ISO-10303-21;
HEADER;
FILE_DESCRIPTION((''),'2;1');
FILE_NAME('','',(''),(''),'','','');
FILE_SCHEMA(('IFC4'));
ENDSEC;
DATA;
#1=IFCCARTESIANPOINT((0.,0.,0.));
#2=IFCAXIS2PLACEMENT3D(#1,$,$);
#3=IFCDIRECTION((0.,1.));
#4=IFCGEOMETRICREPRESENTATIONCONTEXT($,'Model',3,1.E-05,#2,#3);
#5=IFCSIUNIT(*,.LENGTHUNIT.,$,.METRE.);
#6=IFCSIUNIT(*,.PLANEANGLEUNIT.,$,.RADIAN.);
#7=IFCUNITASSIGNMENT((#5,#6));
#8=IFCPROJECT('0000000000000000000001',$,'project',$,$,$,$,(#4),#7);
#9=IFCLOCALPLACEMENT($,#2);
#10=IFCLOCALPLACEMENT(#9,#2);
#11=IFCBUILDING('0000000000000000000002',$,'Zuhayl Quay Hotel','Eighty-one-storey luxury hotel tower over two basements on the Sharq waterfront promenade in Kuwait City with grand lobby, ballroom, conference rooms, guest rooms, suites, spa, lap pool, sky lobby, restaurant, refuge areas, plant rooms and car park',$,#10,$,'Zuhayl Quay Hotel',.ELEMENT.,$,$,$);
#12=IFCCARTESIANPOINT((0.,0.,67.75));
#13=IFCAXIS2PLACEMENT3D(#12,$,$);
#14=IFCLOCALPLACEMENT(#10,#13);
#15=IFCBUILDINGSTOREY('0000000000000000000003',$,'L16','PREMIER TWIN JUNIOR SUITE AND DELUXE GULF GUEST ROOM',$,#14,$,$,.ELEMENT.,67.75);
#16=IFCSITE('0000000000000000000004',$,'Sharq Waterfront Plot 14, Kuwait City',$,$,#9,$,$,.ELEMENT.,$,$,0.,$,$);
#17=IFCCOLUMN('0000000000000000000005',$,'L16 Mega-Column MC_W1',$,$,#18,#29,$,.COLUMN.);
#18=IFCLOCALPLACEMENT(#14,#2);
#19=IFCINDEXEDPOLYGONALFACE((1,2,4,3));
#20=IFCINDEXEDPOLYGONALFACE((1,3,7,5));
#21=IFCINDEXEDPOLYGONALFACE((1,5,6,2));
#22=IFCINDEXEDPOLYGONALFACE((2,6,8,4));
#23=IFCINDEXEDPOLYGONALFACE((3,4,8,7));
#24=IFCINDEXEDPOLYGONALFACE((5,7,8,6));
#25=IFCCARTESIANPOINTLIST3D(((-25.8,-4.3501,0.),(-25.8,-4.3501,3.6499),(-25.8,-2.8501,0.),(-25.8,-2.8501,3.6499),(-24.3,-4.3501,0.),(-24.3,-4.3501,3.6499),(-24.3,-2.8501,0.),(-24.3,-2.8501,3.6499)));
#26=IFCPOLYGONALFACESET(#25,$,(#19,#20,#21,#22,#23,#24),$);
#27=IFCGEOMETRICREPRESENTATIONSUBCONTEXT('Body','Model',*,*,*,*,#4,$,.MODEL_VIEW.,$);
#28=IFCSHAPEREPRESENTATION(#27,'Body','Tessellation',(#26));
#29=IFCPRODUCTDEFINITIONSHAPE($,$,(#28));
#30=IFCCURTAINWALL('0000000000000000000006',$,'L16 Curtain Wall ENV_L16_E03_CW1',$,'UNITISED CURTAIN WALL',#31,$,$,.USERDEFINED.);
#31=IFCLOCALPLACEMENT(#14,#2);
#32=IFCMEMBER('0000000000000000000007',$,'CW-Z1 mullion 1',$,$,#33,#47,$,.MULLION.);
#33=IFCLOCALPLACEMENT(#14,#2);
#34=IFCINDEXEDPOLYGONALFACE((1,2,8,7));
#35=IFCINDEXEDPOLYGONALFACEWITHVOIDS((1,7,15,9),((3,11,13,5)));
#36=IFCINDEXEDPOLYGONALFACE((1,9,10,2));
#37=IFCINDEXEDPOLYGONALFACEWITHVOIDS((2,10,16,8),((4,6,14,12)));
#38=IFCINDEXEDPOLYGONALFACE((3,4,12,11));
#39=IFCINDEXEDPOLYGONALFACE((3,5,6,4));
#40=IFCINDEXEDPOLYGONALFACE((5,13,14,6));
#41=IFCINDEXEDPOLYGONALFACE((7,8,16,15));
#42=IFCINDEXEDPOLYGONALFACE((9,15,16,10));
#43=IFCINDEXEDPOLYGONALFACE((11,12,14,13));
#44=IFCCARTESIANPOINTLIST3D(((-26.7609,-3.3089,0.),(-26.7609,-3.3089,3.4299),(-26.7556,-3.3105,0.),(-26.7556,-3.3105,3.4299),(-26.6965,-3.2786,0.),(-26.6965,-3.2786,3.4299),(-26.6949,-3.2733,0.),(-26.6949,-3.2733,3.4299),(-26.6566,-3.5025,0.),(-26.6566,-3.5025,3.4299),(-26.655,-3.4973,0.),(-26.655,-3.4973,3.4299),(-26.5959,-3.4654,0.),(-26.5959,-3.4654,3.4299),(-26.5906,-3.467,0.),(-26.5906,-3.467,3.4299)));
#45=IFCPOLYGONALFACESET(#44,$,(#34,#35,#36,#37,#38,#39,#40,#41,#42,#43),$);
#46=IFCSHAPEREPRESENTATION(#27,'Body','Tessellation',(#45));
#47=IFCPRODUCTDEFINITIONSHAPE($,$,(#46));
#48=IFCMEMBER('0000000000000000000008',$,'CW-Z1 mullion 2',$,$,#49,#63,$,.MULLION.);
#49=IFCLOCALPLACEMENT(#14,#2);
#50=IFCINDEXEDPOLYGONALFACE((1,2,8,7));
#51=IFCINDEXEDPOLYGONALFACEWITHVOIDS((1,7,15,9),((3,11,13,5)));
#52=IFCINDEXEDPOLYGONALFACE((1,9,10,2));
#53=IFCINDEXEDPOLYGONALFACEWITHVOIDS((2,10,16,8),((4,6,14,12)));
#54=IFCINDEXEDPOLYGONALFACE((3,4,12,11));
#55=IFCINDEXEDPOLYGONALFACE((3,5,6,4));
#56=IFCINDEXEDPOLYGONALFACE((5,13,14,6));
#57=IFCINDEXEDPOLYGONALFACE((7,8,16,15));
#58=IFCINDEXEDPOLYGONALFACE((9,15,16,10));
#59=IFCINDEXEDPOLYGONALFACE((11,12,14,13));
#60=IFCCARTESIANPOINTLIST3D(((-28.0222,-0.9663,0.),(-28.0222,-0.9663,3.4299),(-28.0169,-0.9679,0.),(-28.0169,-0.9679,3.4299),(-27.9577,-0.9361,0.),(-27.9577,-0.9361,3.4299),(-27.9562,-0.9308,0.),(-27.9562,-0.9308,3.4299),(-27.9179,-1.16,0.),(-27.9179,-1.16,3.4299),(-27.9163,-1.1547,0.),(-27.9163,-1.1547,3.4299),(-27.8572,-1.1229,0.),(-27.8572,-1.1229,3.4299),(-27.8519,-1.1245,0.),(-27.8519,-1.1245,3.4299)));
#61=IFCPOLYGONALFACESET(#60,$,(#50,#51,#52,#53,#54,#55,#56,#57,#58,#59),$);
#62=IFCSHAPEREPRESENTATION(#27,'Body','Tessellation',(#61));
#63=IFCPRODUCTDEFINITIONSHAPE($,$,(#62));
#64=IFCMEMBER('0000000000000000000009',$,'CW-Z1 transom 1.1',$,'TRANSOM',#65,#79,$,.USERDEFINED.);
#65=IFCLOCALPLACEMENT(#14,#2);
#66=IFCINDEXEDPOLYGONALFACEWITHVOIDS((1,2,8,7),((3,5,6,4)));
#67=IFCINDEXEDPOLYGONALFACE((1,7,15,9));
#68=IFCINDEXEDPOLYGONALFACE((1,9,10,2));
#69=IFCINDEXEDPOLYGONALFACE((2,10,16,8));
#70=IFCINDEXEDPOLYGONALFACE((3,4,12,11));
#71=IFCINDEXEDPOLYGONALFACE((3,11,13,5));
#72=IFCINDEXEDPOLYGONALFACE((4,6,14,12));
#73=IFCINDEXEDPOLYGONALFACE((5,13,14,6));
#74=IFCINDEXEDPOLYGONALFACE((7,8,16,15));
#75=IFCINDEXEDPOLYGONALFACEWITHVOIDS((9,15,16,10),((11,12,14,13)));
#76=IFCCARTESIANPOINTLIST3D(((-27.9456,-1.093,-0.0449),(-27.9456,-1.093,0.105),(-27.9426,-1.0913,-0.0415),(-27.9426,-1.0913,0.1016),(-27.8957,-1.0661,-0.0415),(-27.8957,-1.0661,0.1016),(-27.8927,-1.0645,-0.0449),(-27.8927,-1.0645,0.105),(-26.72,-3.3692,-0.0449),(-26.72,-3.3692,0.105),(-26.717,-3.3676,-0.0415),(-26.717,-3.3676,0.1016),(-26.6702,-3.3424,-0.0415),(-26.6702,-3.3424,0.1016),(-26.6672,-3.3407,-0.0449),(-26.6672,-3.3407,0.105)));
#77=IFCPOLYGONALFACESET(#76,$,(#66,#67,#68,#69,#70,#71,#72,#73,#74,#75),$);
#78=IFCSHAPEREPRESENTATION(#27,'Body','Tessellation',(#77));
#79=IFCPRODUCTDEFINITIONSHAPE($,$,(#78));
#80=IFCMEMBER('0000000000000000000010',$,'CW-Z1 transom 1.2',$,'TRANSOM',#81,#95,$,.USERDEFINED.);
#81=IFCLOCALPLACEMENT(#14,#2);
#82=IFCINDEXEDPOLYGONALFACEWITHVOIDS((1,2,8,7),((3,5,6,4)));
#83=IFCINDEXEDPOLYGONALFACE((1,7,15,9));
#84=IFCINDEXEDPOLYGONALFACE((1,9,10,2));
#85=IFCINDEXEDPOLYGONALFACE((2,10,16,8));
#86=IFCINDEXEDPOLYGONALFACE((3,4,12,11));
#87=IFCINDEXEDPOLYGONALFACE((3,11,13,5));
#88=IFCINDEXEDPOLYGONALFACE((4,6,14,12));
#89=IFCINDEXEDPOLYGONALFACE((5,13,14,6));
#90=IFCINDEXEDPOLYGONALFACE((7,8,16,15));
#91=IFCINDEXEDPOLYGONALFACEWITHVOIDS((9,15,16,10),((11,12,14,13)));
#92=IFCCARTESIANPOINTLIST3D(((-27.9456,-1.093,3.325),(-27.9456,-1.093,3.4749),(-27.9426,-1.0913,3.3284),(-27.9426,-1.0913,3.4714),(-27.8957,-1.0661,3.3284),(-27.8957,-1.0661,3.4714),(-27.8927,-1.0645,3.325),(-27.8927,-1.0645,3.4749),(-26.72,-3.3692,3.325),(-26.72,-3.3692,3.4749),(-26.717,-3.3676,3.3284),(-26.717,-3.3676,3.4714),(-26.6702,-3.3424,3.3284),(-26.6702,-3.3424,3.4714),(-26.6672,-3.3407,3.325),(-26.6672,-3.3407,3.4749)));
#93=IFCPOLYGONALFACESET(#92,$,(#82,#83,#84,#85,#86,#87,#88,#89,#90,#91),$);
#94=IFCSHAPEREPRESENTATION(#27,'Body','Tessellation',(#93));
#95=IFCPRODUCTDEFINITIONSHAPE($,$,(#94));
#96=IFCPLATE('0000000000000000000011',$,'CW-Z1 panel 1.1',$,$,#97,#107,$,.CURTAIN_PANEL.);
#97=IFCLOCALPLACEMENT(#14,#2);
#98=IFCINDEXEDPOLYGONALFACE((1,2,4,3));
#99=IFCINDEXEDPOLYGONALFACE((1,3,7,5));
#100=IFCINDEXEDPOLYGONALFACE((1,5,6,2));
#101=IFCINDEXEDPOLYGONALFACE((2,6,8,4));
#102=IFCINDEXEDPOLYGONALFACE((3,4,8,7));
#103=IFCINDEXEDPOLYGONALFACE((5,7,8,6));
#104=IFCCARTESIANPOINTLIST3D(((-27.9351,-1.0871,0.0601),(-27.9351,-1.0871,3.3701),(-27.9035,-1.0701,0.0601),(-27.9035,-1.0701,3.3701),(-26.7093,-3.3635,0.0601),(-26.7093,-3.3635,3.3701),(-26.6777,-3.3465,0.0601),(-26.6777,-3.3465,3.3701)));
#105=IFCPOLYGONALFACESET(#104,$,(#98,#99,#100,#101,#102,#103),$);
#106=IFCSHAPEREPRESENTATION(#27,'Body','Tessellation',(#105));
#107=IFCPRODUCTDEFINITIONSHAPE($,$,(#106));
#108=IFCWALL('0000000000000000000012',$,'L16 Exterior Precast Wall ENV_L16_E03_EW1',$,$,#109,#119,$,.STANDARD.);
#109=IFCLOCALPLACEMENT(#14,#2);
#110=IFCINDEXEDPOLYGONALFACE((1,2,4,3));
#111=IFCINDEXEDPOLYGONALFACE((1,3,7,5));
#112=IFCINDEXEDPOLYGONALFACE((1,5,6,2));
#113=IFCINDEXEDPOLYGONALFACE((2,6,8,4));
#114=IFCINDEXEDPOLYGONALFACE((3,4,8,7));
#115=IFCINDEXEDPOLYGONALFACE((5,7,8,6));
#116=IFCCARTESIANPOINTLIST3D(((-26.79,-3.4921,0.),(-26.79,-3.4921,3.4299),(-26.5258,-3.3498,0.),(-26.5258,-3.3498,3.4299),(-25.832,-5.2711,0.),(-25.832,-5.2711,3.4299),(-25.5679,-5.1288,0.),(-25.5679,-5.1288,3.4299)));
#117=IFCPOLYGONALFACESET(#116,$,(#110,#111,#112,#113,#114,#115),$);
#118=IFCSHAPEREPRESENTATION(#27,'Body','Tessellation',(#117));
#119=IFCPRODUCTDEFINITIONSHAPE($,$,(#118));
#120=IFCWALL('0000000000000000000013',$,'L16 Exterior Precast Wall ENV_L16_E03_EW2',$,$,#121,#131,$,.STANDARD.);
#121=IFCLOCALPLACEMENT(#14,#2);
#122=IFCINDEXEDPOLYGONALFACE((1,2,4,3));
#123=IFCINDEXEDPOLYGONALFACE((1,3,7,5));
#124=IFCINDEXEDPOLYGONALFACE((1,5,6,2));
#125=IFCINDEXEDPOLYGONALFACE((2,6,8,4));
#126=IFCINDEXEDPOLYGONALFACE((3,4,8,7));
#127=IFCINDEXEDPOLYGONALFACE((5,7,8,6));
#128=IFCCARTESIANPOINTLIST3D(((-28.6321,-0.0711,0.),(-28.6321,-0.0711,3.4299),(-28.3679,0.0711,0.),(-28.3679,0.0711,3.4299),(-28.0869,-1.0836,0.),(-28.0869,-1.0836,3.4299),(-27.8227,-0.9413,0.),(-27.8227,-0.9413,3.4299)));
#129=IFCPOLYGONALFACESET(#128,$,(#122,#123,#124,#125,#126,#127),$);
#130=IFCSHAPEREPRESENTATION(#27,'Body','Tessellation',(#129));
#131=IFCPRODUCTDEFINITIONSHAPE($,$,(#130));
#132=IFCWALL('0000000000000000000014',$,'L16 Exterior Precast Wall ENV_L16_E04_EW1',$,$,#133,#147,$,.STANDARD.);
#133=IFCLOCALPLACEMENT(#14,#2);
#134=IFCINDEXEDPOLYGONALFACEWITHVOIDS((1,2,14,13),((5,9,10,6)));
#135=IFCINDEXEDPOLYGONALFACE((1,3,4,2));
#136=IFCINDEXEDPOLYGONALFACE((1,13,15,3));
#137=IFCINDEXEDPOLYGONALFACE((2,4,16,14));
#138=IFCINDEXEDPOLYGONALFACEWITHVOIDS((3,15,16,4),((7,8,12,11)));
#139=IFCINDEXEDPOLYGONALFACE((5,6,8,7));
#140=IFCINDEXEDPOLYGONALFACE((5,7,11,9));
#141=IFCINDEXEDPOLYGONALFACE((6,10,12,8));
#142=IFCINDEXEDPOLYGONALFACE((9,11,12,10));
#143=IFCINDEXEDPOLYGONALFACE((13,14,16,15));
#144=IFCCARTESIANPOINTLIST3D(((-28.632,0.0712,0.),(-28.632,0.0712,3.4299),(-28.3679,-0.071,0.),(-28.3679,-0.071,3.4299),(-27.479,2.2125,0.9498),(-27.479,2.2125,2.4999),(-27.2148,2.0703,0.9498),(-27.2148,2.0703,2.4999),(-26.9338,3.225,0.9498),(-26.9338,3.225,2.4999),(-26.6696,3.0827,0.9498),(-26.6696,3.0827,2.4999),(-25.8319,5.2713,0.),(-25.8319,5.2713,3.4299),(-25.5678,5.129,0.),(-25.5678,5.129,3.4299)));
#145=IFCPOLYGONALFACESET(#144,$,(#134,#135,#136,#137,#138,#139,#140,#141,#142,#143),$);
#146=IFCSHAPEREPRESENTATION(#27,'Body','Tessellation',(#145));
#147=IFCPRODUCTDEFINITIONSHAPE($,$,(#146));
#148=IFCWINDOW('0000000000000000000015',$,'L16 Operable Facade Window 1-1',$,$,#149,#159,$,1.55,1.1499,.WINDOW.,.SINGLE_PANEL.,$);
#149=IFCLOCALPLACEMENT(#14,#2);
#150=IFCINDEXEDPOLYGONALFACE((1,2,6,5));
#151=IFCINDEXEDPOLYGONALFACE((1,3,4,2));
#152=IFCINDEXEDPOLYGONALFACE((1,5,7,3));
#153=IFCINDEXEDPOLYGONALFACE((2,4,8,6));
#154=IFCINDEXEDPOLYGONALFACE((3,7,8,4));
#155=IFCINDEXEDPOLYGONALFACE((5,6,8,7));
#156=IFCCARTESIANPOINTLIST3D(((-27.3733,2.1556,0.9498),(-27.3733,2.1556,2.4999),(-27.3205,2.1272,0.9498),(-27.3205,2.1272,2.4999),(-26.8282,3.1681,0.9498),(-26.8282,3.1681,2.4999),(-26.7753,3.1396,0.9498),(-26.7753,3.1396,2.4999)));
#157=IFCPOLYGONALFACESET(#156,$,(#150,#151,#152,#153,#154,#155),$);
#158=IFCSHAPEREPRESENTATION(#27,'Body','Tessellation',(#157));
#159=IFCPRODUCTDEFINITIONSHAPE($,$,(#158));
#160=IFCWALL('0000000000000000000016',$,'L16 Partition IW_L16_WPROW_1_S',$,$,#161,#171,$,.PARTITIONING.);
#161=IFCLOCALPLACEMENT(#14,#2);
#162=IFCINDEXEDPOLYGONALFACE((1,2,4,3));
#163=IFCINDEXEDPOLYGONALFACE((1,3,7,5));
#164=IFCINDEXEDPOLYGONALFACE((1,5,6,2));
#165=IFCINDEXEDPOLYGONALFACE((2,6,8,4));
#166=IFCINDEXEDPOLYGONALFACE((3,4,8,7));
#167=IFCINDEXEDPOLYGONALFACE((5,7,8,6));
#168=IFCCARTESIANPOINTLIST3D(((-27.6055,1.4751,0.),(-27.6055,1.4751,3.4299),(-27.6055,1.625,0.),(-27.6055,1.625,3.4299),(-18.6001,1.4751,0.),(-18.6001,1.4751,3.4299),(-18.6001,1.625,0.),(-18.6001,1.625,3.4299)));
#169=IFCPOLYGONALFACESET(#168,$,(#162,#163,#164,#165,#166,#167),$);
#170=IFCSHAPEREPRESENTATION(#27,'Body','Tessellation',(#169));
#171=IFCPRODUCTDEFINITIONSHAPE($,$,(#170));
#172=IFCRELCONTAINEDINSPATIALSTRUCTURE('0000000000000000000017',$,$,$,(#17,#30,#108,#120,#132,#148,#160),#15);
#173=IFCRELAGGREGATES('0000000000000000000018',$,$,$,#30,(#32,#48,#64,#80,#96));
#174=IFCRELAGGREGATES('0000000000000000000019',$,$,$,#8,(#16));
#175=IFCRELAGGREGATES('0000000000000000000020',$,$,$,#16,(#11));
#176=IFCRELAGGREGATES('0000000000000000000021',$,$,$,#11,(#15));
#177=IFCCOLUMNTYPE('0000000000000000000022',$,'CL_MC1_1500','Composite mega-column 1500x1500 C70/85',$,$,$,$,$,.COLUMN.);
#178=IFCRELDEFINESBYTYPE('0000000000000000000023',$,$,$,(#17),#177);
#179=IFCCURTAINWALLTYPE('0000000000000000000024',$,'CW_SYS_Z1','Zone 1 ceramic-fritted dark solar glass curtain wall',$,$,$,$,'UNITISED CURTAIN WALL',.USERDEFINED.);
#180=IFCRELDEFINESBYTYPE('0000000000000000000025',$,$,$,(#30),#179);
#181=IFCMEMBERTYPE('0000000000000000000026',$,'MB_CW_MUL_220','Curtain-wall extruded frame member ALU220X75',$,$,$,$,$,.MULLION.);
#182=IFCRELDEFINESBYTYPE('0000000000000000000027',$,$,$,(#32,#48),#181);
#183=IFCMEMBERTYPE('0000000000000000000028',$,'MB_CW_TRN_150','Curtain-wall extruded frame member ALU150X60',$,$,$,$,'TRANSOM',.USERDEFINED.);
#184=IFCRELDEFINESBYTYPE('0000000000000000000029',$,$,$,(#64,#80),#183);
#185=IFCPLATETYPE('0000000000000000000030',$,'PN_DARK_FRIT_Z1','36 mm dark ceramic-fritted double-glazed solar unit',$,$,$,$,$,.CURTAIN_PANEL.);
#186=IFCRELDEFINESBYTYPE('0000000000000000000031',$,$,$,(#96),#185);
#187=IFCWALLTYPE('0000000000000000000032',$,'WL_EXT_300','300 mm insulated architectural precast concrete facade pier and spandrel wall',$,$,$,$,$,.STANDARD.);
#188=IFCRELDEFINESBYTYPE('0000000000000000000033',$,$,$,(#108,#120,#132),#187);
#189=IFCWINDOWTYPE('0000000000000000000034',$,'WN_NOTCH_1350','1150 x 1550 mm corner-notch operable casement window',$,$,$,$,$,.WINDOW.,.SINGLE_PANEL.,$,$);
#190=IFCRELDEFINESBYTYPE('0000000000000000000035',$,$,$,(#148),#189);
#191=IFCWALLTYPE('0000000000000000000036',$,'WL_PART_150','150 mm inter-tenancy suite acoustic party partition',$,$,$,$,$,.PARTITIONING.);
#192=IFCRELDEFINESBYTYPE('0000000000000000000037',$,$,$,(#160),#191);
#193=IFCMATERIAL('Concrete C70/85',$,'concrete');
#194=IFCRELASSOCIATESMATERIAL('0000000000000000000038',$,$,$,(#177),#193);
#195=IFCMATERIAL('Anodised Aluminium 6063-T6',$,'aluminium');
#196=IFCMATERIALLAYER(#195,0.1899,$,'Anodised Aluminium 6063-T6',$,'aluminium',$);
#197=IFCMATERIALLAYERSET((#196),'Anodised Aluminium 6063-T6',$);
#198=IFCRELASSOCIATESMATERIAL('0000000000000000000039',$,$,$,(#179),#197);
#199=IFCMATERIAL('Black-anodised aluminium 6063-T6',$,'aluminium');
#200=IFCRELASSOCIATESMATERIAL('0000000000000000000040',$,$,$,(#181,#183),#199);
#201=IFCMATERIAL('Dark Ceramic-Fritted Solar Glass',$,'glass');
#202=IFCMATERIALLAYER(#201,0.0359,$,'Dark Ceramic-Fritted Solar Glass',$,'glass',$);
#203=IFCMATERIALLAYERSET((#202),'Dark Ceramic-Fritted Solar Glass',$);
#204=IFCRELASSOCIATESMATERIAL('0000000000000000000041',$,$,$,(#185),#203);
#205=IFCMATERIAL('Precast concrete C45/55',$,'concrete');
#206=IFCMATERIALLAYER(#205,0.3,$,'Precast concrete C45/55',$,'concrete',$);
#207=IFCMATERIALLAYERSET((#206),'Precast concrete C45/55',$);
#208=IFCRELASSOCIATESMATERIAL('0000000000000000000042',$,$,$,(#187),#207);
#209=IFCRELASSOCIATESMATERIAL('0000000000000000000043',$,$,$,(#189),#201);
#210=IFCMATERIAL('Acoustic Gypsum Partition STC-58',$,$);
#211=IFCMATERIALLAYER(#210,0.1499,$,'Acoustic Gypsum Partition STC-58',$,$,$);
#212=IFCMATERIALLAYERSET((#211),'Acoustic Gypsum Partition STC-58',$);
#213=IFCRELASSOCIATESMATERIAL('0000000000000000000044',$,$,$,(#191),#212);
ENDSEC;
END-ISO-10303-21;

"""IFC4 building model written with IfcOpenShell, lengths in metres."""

from ifc_helpers import new_model, si_unit, direction, frame, frame_2d, origin, origin_2d, place, context, subcontext, project, spatial, rectangle, hollow_rectangle, extrude, material, layer, layer_set, material_profile, profile_set, type_object, element, fill, aggregate, save


model = new_model("IFC4")

# Units and contexts
model_context = context("Model", 3, precision=1e-05, world=origin(), true_north=direction((0.0, 1.0)))
body_context = subcontext(model_context, "Body", "Model", "MODEL_VIEW")
ifc_project = project(units=[si_unit("LENGTHUNIT", "METRE"), si_unit("PLANEANGLEUNIT", "RADIAN")], contexts=[model_context])

# Site, building, storey
site_placement = place(None, origin())
site = spatial("IfcSite", under=ifc_project, at=site_placement, Name="Sharq Waterfront Plot 14, Kuwait City", CompositionType="ELEMENT", RefElevation=0.0)
building_placement = place(site_placement, origin())
building = spatial("IfcBuilding", under=site, at=building_placement, Name="Zuhayl Quay Hotel", Description="Eighty-one-storey luxury hotel tower over two basements on the Sharq waterfront promenade in Kuwait City with grand lobby, ballroom, conference rooms, guest rooms, suites, spa, lap pool, sky lobby, restaurant, refuge areas, plant rooms and car park", LongName="Zuhayl Quay Hotel", CompositionType="ELEMENT")
storey_placement = place(building_placement, frame((0.0, 0.0, 67.75)))
storey = spatial("IfcBuildingStorey", under=building, at=storey_placement, Name="L16", Description="PREMIER TWIN JUNIOR SUITE AND DELUXE GULF GUEST ROOM", CompositionType="ELEMENT", Elevation=67.75)

# Column
ifc_material_1 = material(Name="Concrete C70/85", Category="concrete")
ifc_material_profile_1 = material_profile(ifc_material_1, rectangle(XDim=1.5, YDim=1.5, at=origin_2d()), Name="RC1500X1500")
ifc_profile_set_1 = profile_set([ifc_material_profile_1], Name="Concrete C70/85")
column_type = type_object("IfcColumnType", Name="CL_MC1_1500", Description="Composite mega-column 1500x1500 C70/85", PredefinedType="COLUMN", material=ifc_profile_set_1)
column_placement = place(storey_placement, frame((-25.05, -3.6001, 0.0), z_axis=(0.0, 0.0, 1.0), x_axis=(1.0, 0.0, 0.0)))
element("IfcColumn", 1, at=column_placement, inside=storey, type_object=column_type, Name="L16 Mega-Column MC_W1", PredefinedType="COLUMN", context=body_context, shape_type="SweptSolid", body=[
    extrude(rectangle(XDim=1.5, YDim=1.5, at=origin_2d()), origin(), (0.0, 0.0, 1.0), 3.6499),
])

# Curtain wall, members, plate
ifc_material_2 = material(Name="Anodised Aluminium 6063-T6", Category="aluminium")
ifc_layer_1 = layer(ifc_material_2, 0.1899, Name="Anodised Aluminium 6063-T6", Category="aluminium")
ifc_layer_set_1 = layer_set([ifc_layer_1], Name="Anodised Aluminium 6063-T6")
curtain_wall_type = type_object("IfcCurtainWallType", Name="CW_SYS_Z1", Description="Zone 1 ceramic-fritted dark solar glass curtain wall", ElementType="UNITISED CURTAIN WALL", PredefinedType="USERDEFINED", material=ifc_layer_set_1)
curtain_wall_placement = place(storey_placement, origin())
curtain_wall = element("IfcCurtainWall", 2, at=curtain_wall_placement, inside=storey, type_object=curtain_wall_type, Name="L16 Curtain Wall ENV_L16_E03_CW1", ObjectType="UNITISED CURTAIN WALL", PredefinedType="USERDEFINED")
ifc_material_3 = material(Name="Black-anodised aluminium 6063-T6", Category="aluminium")
ifc_material_profile_2 = material_profile(ifc_material_3, hollow_rectangle(XDim=0.075, YDim=0.22, WallThickness=0.0039, at=origin_2d()), Name="ALU220X75")
ifc_profile_set_2 = profile_set([ifc_material_profile_2], Name="Black-anodised aluminium 6063-T6")
member_type_1 = type_object("IfcMemberType", Name="MB_CW_MUL_220", Description="Curtain-wall extruded frame member ALU220X75", PredefinedType="MULLION", material=ifc_profile_set_2)
member_1_placement = place(storey_placement, frame((-26.6758, -3.3879, 0.0), z_axis=(0.0, 0.0, 1.0), x_axis=(-0.880476, -0.474091, 0.0)))
member_1 = element("IfcMember", 3, at=member_1_placement, type_object=member_type_1, Name="CW-Z1 mullion 1", PredefinedType="MULLION", context=body_context, shape_type="SweptSolid", body=[
    extrude(hollow_rectangle(XDim=0.075, YDim=0.22, WallThickness=0.0039, at=origin_2d()), origin(), (0.0, 0.0, 1.0), 3.4299),
])
member_2_placement = place(storey_placement, frame((-27.937, -1.0454, 0.0), z_axis=(0.0, 0.0, 1.0), x_axis=(-0.880476, -0.474091, 0.0)))
member_2 = element("IfcMember", 4, at=member_2_placement, type_object=member_type_1, Name="CW-Z1 mullion 2", PredefinedType="MULLION", context=body_context, shape_type="SweptSolid", body=[
    extrude(hollow_rectangle(XDim=0.075, YDim=0.22, WallThickness=0.0039, at=origin_2d()), origin(), (0.0, 0.0, 1.0), 3.4299),
])
ifc_material_profile_3 = material_profile(ifc_material_3, hollow_rectangle(XDim=0.0601, YDim=0.1499, WallThickness=0.0034, at=origin_2d()), Name="ALU150X60")
ifc_profile_set_3 = profile_set([ifc_material_profile_3], Name="Black-anodised aluminium 6063-T6")
member_type_2 = type_object("IfcMemberType", Name="MB_CW_TRN_150", Description="Curtain-wall extruded frame member ALU150X60", ElementType="TRANSOM", PredefinedType="USERDEFINED", material=ifc_profile_set_3)
member_3_placement = place(storey_placement, frame((-26.6936, -3.355, 0.03), z_axis=(-0.474055, 0.880495, 0.0), x_axis=(-0.880495, -0.474055, 0.0)))
member_3 = element("IfcMember", 5, at=member_3_placement, type_object=member_type_2, Name="CW-Z1 transom 1.1", ObjectType="TRANSOM", PredefinedType="USERDEFINED", context=body_context, shape_type="SweptSolid", body=[
    extrude(hollow_rectangle(XDim=0.0601, YDim=0.1499, WallThickness=0.0034, at=origin_2d()), origin(), (0.0, 0.0, 1.0), 2.5852),
])
member_4_placement = place(storey_placement, frame((-26.6936, -3.355, 3.3999), z_axis=(-0.474055, 0.880495, 0.0), x_axis=(-0.880495, -0.474055, 0.0)))
member_4 = element("IfcMember", 6, at=member_4_placement, type_object=member_type_2, Name="CW-Z1 transom 1.2", ObjectType="TRANSOM", PredefinedType="USERDEFINED", context=body_context, shape_type="SweptSolid", body=[
    extrude(hollow_rectangle(XDim=0.0601, YDim=0.1499, WallThickness=0.0034, at=origin_2d()), origin(), (0.0, 0.0, 1.0), 2.5852),
])
ifc_material_4 = material(Name="Dark Ceramic-Fritted Solar Glass", Category="glass")
ifc_layer_2 = layer(ifc_material_4, 0.0359, Name="Dark Ceramic-Fritted Solar Glass", Category="glass")
ifc_layer_set_2 = layer_set([ifc_layer_2], Name="Dark Ceramic-Fritted Solar Glass")
plate_type = type_object("IfcPlateType", Name="PN_DARK_FRIT_Z1", Description="36 mm dark ceramic-fritted double-glazed solar unit", PredefinedType="CURTAIN_PANEL", material=ifc_layer_set_2)
plate_placement = place(storey_placement, frame((-27.3064, -2.2168, 0.0601), z_axis=(0.0, 0.0, 1.0), x_axis=(-0.474091, 0.880476, 0.0)))
plate = element("IfcPlate", 7, at=plate_placement, type_object=plate_type, Name="CW-Z1 panel 1.1", PredefinedType="CURTAIN_PANEL", context=body_context, shape_type="SweptSolid", body=[
    extrude(rectangle(XDim=2.5854, YDim=0.0359, at=origin_2d()), origin(), (0.0, 0.0, 1.0), 3.3101),
])
aggregate(curtain_wall, [member_1, member_2, member_3, member_4, plate])

# Walls
ifc_material_5 = material(Name="Precast concrete C45/55", Category="concrete")
ifc_layer_3 = layer(ifc_material_5, 0.3, Name="Precast concrete C45/55", Category="concrete")
ifc_layer_set_3 = layer_set([ifc_layer_3], Name="Precast concrete C45/55")
wall_type_1 = type_object("IfcWallType", Name="WL_EXT_300", Description="300 mm insulated architectural precast concrete facade pier and spandrel wall", PredefinedType="STANDARD", material=ifc_layer_set_3)
wall_1_placement = place(storey_placement, frame((-25.7, -5.2, 0.0), z_axis=(0.0, 0.0, 1.0), x_axis=(-0.474121, 0.880459, 0.0)))
element("IfcWall", 8, at=wall_1_placement, inside=storey, type_object=wall_type_1, Name="L16 Exterior Precast Wall ENV_L16_E03_EW1", PredefinedType="STANDARD", context=body_context, shape_type="SweptSolid", body=[
    extrude(rectangle(XDim=2.0205, YDim=0.3, at=frame_2d((1.0103, 0.0))), origin(), (0.0, 0.0, 1.0), 3.4299),
])
wall_2_placement = place(storey_placement, frame((-27.9548, -1.0125, 0.0), z_axis=(0.0, 0.0, 1.0), x_axis=(-0.4741, 0.880471, 0.0)))
element("IfcWall", 9, at=wall_2_placement, inside=storey, type_object=wall_type_1, Name="L16 Exterior Precast Wall ENV_L16_E03_EW2", PredefinedType="STANDARD", context=body_context, shape_type="SweptSolid", body=[
    extrude(rectangle(XDim=1.1499, YDim=0.3, at=frame_2d((0.575, 0.0))), origin(), (0.0, 0.0, 1.0), 3.4299),
])

# Wall, opening, window
wall_3_placement = place(storey_placement, frame((-28.5, 0.0, 0.0), z_axis=(0.0, 0.0, 1.0), x_axis=(0.47411, 0.880466, 0.0)))
wall_3 = element("IfcWall", 10, at=wall_3_placement, inside=storey, type_object=wall_type_1, Name="L16 Exterior Precast Wall ENV_L16_E04_EW1", PredefinedType="STANDARD", context=body_context, shape_type="SweptSolid", body=[
    extrude(rectangle(XDim=5.906, YDim=0.3, at=frame_2d((2.9531, 0.0))), origin(), (0.0, 0.0, 1.0), 3.4299),
])
opening_1_placement = place(wall_3_placement, frame((2.4321, 0.0, 0.95)))
opening_1 = element("IfcOpeningElement", 11, at=opening_1_placement, cuts=wall_3, PredefinedType="OPENING", context=body_context, shape_type="SweptSolid", body=[
    extrude(rectangle(XDim=1.1499, YDim=1.55, at=frame_2d((0.575, 0.7749))), frame((0.0, 0.1599, 0.0), z_axis=(0.0, -1.0, 0.0), x_axis=(1.0, 0.0, 0.0)), (0.0, 0.0, 1.0), 0.3201),
])
window_type = type_object("IfcWindowType", Name="WN_NOTCH_1350", Description="1150 x 1550 mm corner-notch operable casement window", PartitioningType="SINGLE_PANEL", PredefinedType="WINDOW", material=ifc_material_4)
window_placement = place(opening_1_placement, origin())
window = element("IfcWindow", 12, at=window_placement, inside=storey, type_object=window_type, Name="L16 Operable Facade Window 1-1", OverallHeight=1.55, OverallWidth=1.1499, PartitioningType="SINGLE_PANEL", PredefinedType="WINDOW", context=body_context, shape_type="SweptSolid", body=[
    extrude(rectangle(XDim=1.1499, YDim=1.55, at=frame_2d((0.575, 0.7749))), frame((0.0, 0.03, 0.0), z_axis=(0.0, -1.0, 0.0), x_axis=(1.0, 0.0, 0.0)), (0.0, 0.0, 1.0), 0.0601),
])
fill(opening_1, window)

# Wall
ifc_material_6 = material(Name="Acoustic Gypsum Partition STC-58")
ifc_layer_4 = layer(ifc_material_6, 0.1499, Name="Acoustic Gypsum Partition STC-58")
ifc_layer_set_4 = layer_set([ifc_layer_4], Name="Acoustic Gypsum Partition STC-58")
wall_type_2 = type_object("IfcWallType", Name="WL_PART_150", Description="150 mm inter-tenancy suite acoustic party partition", PredefinedType="PARTITIONING", material=ifc_layer_set_4)
wall_4_placement = place(storey_placement, frame((-27.6055, 1.55, 0.0), z_axis=(0.0, 0.0, 1.0), x_axis=(1.0, 0.0, 0.0)))
element("IfcWall", 13, at=wall_4_placement, inside=storey, type_object=wall_type_2, Name="L16 Partition IW_L16_WPROW_1_S", PredefinedType="PARTITIONING", context=body_context, shape_type="SweptSolid", body=[
    extrude(rectangle(XDim=9.0054, YDim=0.1499, at=frame_2d((4.5027, 0.0))), origin(), (0.0, 0.0, 1.0), 3.4299),
])

save(model, "model.ifc")
